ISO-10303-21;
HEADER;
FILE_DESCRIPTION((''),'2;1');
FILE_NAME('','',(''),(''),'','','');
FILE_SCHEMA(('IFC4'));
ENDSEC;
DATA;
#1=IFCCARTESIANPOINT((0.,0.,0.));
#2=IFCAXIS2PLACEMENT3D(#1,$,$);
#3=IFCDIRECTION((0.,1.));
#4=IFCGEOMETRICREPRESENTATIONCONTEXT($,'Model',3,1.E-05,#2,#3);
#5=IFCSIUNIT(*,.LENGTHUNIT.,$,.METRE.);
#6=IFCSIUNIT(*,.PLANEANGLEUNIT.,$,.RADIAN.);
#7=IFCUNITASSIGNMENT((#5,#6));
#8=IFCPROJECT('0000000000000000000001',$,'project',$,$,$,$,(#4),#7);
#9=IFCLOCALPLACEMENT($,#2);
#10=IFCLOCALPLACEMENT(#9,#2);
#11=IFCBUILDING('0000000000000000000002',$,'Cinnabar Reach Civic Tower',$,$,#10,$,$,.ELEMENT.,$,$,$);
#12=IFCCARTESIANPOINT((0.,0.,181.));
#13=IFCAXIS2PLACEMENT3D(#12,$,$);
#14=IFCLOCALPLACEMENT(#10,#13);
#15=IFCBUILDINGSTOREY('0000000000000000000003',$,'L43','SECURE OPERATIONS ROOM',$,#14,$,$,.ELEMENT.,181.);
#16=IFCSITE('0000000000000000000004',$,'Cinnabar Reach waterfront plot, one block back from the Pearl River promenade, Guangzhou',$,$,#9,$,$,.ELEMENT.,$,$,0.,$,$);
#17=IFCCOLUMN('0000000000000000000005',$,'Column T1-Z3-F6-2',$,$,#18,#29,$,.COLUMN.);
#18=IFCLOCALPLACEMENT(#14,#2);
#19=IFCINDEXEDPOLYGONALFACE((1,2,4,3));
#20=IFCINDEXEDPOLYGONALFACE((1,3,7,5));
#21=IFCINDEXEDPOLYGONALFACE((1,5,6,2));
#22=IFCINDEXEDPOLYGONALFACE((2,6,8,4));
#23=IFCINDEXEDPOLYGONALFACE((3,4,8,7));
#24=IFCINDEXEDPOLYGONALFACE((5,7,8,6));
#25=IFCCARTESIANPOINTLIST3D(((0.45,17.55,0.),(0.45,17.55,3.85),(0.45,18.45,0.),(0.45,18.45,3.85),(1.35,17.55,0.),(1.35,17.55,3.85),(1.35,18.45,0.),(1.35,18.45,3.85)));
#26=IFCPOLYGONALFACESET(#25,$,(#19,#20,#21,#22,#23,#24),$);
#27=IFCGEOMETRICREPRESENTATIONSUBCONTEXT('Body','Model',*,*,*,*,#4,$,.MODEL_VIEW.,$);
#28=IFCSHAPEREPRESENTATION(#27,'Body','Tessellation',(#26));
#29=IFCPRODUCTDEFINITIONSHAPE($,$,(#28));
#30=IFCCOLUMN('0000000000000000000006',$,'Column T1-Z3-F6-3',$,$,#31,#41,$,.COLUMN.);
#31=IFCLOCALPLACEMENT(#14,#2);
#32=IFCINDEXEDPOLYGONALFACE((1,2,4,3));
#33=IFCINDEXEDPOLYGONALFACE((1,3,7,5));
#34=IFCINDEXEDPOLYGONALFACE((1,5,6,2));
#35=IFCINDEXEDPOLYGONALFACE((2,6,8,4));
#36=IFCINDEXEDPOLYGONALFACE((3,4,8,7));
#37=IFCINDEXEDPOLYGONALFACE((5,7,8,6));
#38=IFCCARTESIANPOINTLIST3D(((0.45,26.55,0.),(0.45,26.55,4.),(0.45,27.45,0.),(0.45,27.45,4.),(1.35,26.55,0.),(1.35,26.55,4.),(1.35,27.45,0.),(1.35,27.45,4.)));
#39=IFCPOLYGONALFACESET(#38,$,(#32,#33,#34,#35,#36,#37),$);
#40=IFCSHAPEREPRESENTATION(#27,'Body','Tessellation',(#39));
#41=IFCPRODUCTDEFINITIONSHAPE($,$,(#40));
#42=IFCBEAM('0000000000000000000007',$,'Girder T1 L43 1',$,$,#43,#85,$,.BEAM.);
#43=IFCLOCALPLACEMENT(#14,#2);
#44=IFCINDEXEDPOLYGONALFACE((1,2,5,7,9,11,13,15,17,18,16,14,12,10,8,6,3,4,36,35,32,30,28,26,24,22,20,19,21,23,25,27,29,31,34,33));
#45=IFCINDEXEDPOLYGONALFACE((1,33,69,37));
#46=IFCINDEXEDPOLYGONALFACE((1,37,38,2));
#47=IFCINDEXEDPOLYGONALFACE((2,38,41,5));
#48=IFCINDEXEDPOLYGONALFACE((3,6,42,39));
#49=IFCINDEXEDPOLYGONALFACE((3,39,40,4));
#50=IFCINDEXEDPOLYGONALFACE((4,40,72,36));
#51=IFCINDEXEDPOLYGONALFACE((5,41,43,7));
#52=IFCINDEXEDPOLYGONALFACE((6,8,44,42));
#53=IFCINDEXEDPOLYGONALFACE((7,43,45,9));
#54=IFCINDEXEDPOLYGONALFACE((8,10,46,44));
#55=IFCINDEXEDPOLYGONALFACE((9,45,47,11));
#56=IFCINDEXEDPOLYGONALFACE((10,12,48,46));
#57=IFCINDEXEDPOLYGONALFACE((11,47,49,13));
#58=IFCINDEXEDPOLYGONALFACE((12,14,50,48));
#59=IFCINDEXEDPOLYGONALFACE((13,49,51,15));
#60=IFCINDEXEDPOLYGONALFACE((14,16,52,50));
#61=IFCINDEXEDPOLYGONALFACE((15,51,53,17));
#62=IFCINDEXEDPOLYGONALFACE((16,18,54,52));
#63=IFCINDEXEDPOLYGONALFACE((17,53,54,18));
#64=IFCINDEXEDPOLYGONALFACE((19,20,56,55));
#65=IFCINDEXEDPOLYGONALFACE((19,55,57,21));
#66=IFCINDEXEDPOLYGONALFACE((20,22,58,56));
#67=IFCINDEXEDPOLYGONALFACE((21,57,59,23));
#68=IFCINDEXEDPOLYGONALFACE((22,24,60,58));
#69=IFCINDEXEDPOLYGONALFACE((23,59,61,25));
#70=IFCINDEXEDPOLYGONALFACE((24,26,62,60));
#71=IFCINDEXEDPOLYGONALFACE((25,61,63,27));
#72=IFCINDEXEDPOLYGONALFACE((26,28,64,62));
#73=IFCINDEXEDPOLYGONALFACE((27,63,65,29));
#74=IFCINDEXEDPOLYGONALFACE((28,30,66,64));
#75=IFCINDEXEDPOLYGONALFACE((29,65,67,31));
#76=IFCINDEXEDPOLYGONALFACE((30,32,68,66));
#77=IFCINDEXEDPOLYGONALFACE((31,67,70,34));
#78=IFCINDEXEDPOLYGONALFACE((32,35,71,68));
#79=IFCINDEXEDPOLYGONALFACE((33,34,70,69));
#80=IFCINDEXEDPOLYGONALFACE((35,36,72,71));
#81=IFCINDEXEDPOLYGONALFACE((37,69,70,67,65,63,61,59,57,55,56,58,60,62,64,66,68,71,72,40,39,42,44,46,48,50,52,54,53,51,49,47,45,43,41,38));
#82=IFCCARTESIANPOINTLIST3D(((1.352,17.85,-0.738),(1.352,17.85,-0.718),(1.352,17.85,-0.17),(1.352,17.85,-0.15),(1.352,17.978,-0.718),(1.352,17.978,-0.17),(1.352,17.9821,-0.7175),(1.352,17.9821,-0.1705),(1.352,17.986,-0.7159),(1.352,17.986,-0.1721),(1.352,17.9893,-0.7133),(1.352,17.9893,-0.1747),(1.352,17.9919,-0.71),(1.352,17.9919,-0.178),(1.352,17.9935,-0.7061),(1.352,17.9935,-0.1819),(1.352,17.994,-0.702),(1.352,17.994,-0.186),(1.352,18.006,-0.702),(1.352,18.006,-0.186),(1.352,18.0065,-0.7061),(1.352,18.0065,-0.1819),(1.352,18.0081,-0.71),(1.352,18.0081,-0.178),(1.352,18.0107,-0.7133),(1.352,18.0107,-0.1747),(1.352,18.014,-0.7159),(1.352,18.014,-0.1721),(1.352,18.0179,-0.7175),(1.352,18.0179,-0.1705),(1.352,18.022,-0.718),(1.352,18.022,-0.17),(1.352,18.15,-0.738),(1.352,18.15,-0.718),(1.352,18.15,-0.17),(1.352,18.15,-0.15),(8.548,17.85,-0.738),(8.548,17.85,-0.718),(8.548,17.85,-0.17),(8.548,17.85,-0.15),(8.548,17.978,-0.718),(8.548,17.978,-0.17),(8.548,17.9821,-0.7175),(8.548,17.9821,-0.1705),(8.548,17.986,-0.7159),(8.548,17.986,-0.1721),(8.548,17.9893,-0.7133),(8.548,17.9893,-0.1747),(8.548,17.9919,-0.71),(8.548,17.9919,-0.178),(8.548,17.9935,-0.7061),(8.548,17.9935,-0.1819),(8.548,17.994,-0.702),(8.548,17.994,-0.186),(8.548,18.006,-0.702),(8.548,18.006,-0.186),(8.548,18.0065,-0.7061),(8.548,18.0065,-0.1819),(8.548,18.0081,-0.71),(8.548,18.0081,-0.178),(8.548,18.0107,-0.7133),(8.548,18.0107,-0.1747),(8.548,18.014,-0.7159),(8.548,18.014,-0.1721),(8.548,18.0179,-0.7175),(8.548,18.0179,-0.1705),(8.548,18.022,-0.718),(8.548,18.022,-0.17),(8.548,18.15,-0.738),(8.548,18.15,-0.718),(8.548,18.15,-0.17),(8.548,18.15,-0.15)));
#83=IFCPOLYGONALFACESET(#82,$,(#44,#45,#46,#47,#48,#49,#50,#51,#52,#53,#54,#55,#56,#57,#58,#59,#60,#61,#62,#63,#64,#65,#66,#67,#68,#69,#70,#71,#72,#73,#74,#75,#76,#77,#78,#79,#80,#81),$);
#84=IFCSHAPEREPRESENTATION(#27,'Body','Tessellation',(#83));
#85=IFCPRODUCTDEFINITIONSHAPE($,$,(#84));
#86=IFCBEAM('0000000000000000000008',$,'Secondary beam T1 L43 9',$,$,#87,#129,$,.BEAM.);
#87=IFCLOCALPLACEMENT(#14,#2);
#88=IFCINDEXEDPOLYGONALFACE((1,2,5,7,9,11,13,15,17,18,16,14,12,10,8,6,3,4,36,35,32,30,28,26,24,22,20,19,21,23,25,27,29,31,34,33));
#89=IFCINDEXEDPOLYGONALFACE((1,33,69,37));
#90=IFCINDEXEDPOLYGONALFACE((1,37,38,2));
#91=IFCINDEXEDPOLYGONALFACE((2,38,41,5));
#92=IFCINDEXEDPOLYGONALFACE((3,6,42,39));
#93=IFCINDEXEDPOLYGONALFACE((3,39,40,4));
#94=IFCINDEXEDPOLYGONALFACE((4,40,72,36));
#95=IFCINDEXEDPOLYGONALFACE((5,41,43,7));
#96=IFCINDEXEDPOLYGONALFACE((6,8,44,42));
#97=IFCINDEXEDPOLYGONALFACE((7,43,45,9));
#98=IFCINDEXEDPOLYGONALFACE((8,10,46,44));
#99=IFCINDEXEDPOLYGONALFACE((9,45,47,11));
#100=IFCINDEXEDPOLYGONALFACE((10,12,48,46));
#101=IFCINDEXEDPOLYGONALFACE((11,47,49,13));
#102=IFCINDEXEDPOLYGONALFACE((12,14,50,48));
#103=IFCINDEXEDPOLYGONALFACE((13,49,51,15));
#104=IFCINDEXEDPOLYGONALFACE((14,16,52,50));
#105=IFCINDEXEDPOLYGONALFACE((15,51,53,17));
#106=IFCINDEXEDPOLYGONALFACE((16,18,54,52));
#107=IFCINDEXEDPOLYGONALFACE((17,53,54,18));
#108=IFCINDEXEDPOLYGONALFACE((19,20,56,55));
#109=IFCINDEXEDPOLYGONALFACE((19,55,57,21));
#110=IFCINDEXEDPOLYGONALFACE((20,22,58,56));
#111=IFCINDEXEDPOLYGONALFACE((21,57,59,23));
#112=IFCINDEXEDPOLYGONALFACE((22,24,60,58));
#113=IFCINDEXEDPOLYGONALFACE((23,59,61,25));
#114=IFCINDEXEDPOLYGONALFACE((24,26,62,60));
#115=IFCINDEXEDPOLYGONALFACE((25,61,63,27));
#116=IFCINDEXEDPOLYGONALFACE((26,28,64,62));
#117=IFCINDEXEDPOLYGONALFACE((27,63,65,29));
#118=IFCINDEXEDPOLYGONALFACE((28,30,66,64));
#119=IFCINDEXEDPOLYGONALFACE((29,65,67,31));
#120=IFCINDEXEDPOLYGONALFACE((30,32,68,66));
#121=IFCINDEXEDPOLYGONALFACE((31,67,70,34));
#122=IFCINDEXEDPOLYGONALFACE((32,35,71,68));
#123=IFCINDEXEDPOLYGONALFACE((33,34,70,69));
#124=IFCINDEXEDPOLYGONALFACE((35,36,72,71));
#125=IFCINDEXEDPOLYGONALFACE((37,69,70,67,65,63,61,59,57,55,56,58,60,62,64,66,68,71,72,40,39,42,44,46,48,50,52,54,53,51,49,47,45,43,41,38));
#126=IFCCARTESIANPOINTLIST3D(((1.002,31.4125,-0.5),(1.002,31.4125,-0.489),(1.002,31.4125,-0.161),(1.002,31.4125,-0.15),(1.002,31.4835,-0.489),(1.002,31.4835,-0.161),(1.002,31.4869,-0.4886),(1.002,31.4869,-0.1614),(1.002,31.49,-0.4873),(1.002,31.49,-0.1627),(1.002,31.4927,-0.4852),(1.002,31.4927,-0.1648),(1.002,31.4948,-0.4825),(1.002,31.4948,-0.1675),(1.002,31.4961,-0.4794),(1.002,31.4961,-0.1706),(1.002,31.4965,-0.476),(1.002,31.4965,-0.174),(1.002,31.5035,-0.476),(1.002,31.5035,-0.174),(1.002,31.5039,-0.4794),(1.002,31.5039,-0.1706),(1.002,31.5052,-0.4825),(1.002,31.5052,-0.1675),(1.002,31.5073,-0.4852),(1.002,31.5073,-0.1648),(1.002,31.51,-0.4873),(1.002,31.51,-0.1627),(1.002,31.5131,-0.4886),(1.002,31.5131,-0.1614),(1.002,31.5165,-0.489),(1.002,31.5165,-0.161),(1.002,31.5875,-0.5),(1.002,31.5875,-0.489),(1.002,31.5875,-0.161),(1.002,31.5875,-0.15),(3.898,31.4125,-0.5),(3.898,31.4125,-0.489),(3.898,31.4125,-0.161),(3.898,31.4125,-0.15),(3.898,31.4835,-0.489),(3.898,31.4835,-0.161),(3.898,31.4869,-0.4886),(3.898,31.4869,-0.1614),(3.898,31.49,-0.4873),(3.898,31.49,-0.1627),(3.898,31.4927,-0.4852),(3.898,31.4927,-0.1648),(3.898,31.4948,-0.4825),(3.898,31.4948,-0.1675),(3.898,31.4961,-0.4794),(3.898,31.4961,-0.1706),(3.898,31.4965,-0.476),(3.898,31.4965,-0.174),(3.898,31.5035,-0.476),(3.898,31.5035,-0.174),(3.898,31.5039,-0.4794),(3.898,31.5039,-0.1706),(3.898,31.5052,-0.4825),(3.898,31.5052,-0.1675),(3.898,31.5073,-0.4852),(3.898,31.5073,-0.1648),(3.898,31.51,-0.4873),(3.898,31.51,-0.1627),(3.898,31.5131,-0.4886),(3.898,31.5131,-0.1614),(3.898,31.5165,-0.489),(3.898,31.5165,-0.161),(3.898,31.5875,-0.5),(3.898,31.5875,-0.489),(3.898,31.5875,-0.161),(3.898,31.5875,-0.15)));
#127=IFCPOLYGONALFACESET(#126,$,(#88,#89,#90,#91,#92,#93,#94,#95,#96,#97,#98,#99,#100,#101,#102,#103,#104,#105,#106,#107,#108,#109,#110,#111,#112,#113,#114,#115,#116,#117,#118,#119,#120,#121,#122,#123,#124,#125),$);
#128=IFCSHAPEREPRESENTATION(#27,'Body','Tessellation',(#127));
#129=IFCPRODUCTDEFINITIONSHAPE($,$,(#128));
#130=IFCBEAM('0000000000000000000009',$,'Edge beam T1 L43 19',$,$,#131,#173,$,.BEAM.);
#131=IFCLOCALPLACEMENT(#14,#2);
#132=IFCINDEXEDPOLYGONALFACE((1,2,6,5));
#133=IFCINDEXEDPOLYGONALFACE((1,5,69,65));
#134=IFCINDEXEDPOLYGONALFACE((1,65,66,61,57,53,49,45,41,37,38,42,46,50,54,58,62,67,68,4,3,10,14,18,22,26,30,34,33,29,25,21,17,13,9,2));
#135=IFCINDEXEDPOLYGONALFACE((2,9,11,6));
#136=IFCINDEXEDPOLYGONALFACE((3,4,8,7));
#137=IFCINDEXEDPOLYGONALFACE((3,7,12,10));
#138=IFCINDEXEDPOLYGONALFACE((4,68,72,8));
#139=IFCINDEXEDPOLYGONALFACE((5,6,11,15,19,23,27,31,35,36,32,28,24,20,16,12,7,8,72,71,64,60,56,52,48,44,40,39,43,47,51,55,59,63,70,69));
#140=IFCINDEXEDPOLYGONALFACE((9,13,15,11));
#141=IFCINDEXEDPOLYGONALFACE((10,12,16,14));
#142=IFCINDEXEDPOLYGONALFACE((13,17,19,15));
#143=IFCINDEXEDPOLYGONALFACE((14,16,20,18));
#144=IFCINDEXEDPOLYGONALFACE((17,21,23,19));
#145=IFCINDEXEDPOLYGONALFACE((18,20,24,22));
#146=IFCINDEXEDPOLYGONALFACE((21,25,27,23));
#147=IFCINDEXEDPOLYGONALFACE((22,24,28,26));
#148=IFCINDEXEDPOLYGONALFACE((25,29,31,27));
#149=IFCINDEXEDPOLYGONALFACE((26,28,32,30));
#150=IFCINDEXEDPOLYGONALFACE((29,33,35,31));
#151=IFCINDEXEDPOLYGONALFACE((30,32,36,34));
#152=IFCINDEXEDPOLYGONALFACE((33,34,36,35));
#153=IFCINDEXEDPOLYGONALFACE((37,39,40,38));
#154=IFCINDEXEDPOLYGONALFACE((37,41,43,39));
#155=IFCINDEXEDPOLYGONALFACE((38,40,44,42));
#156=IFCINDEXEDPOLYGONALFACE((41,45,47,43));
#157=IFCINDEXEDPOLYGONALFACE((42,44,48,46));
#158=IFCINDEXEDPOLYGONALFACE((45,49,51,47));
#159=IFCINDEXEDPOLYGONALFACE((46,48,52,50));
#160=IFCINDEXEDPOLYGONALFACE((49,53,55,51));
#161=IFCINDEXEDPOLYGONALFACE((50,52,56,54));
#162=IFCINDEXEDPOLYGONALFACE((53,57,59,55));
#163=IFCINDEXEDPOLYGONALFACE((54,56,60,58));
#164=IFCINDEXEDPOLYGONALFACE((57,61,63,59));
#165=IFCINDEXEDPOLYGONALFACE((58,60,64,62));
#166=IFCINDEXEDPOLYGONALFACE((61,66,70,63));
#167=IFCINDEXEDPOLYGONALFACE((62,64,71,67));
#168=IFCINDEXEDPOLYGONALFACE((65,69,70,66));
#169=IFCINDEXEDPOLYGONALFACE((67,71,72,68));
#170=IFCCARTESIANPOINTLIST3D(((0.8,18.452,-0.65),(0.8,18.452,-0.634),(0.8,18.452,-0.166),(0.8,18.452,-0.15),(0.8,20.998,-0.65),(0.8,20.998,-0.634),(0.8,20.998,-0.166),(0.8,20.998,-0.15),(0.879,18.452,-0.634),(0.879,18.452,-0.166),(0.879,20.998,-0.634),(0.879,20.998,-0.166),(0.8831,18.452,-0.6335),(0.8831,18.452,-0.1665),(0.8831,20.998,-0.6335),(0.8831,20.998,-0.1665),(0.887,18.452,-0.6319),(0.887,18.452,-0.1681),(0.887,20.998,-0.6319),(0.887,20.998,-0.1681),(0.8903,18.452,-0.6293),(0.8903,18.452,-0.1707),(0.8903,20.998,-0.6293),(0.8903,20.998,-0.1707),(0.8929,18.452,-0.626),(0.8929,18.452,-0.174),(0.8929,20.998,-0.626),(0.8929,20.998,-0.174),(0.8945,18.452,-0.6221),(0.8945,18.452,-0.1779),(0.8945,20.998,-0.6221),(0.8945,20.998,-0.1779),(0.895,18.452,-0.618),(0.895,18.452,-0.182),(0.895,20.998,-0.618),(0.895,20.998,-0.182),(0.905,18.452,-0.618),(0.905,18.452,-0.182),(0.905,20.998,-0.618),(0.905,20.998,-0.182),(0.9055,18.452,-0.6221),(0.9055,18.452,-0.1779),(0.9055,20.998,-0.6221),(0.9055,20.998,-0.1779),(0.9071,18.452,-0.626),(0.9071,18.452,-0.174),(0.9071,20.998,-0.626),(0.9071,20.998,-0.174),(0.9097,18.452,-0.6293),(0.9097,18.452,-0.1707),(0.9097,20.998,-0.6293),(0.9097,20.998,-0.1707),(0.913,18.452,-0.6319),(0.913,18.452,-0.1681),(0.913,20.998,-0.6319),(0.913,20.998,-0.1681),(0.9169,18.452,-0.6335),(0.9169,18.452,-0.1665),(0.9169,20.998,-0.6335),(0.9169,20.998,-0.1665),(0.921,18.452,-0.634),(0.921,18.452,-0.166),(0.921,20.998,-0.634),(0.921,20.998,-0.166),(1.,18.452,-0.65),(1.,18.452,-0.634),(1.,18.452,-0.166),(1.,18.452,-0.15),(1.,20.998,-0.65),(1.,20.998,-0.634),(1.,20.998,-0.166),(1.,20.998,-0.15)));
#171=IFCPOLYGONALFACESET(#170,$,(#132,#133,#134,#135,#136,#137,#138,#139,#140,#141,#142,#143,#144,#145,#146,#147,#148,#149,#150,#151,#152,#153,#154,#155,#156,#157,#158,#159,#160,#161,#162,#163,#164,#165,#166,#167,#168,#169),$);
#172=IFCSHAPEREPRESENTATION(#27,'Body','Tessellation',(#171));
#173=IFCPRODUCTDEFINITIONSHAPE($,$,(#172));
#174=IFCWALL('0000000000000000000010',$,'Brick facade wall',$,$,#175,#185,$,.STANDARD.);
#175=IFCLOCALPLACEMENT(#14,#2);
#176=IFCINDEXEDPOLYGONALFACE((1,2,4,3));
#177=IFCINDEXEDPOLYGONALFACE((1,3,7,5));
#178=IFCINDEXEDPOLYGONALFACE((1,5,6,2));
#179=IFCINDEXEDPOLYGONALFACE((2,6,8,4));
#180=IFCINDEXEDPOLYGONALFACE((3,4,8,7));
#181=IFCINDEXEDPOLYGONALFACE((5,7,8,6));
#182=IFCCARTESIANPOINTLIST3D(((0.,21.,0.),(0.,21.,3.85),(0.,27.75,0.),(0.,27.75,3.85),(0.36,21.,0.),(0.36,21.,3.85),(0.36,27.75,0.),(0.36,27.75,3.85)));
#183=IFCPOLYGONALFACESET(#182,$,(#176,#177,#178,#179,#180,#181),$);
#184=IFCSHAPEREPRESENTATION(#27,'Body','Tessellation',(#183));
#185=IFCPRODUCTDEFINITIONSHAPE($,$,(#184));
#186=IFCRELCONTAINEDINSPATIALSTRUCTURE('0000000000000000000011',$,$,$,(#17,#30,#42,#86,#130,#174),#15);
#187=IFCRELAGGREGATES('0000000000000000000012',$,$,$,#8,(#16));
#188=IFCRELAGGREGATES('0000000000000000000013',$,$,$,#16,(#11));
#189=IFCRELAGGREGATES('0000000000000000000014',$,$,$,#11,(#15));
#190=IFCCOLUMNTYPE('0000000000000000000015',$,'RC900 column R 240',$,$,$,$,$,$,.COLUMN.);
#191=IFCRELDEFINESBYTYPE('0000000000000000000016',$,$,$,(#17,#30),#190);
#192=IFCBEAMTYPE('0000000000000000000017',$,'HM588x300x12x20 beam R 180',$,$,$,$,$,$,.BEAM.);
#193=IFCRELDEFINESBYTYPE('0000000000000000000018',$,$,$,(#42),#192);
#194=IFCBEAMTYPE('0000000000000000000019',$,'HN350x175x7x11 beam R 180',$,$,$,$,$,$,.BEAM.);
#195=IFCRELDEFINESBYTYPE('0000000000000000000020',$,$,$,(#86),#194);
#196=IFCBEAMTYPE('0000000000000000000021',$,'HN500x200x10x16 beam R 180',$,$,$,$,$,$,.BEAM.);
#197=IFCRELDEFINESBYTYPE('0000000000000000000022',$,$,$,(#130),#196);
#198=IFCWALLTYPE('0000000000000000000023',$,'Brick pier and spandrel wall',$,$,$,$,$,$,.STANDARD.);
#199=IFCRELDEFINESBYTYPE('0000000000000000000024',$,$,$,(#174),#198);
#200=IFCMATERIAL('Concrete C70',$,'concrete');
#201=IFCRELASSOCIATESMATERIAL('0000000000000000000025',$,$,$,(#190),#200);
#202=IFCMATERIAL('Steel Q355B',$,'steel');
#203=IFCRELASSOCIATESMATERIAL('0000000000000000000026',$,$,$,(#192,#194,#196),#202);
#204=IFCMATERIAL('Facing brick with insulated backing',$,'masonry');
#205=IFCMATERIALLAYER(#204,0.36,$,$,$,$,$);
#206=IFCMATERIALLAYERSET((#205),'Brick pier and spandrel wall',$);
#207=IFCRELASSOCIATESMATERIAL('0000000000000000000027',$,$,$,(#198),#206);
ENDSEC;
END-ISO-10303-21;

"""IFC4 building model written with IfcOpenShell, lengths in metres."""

from ifc_helpers import new_model, si_unit, direction, frame, frame_2d, origin, origin_2d, place, context, subcontext, project, spatial, rectangle, i_section, extrude, material, layer, layer_set, material_profile, profile_set, type_object, element, save


model = new_model("IFC4")

# Units and contexts
model_context = context("Model", 3, precision=1e-05, world=origin(), true_north=direction((0.0, 1.0)))
body_context = subcontext(model_context, "Body", "Model", "MODEL_VIEW")
ifc_project = project(units=[si_unit("LENGTHUNIT", "METRE"), si_unit("PLANEANGLEUNIT", "RADIAN")], contexts=[model_context])

# Site, building, storey
site_placement = place(None, origin())
site = spatial("IfcSite", under=ifc_project, at=site_placement, Name="Cinnabar Reach waterfront plot, one block back from the Pearl River promenade, Guangzhou", CompositionType="ELEMENT", RefElevation=0.0)
building_placement = place(site_placement, origin())
building = spatial("IfcBuilding", under=site, at=building_placement, Name="Cinnabar Reach Civic Tower", CompositionType="ELEMENT")
storey_placement = place(building_placement, frame((0.0, 0.0, 181.0)))
storey = spatial("IfcBuildingStorey", under=building, at=storey_placement, Name="L43", Description="SECURE OPERATIONS ROOM", CompositionType="ELEMENT", Elevation=181.0)

# Columns
ifc_material_1 = material(Name="Concrete C70", Category="concrete")
ifc_material_profile_1 = material_profile(ifc_material_1, rectangle(XDim=0.9, YDim=0.9, at=origin_2d()), Name="RC900")
ifc_profile_set_1 = profile_set([ifc_material_profile_1], Name="Concrete C70")
column_type = type_object("IfcColumnType", Name="RC900 column R 240", PredefinedType="COLUMN", material=ifc_profile_set_1)
column_1_placement = place(storey_placement, frame((0.9, 18.0, 0.0), z_axis=(0.0, 0.0, 1.0), x_axis=(1.0, 0.0, 0.0)))
element("IfcColumn", 1, at=column_1_placement, inside=storey, type_object=column_type, Name="Column T1-Z3-F6-2", PredefinedType="COLUMN", context=body_context, shape_type="SweptSolid", body=[
    extrude(rectangle(XDim=0.9, YDim=0.9, at=origin_2d()), origin(), (0.0, 0.0, 1.0), 3.85),
])
column_2_placement = place(storey_placement, frame((0.9, 27.0, 0.0), z_axis=(0.0, 0.0, 1.0), x_axis=(1.0, 0.0, 0.0)))
element("IfcColumn", 2, at=column_2_placement, inside=storey, type_object=column_type, Name="Column T1-Z3-F6-3", PredefinedType="COLUMN", context=body_context, shape_type="SweptSolid", body=[
    extrude(rectangle(XDim=0.9, YDim=0.9, at=origin_2d()), origin(), (0.0, 0.0, 1.0), 4.0),
])

# Beams
ifc_material_2 = material(Name="Steel Q355B", Category="steel")
ifc_material_profile_2 = material_profile(ifc_material_2, i_section(OverallWidth=0.3, OverallDepth=0.588, WebThickness=0.012, FlangeThickness=0.02, FilletRadius=0.016, at=origin_2d()), Name="HM588x300x12x20")
ifc_profile_set_2 = profile_set([ifc_material_profile_2], Name="Steel Q355B")
beam_type_1 = type_object("IfcBeamType", Name="HM588x300x12x20 beam R 180", PredefinedType="BEAM", material=ifc_profile_set_2)
beam_1_placement = place(storey_placement, frame((1.352, 18.0, -0.444), z_axis=(1.0, 0.0, 0.0), x_axis=(0.0, 1.0, 0.0)))
element("IfcBeam", 3, at=beam_1_placement, inside=storey, type_object=beam_type_1, Name="Girder T1 L43 1", PredefinedType="BEAM", context=body_context, shape_type="SweptSolid", body=[
    extrude(i_section(OverallWidth=0.3, OverallDepth=0.588, WebThickness=0.012, FlangeThickness=0.02, FilletRadius=0.016, at=origin_2d()), origin(), (0.0, 0.0, 1.0), 7.196),
])
ifc_material_profile_3 = material_profile(ifc_material_2, i_section(OverallWidth=0.175, OverallDepth=0.35, WebThickness=0.007, FlangeThickness=0.011, FilletRadius=0.013, at=origin_2d()), Name="HN350x175x7x11")
ifc_profile_set_3 = profile_set([ifc_material_profile_3], Name="Steel Q355B")
beam_type_2 = type_object("IfcBeamType", Name="HN350x175x7x11 beam R 180", PredefinedType="BEAM", material=ifc_profile_set_3)
beam_2_placement = place(storey_placement, frame((1.002, 31.5, -0.325), z_axis=(1.0, 0.0, 0.0), x_axis=(0.0, 1.0, 0.0)))
element("IfcBeam", 4, at=beam_2_placement, inside=storey, type_object=beam_type_2, Name="Secondary beam T1 L43 9", PredefinedType="BEAM", context=body_context, shape_type="SweptSolid", body=[
    extrude(i_section(OverallWidth=0.175, OverallDepth=0.35, WebThickness=0.007, FlangeThickness=0.011, FilletRadius=0.013, at=origin_2d()), origin(), (0.0, 0.0, 1.0), 2.896),
])
ifc_material_profile_4 = material_profile(ifc_material_2, i_section(OverallWidth=0.2, OverallDepth=0.5, WebThickness=0.01, FlangeThickness=0.016, FilletRadius=0.016, at=origin_2d()), Name="HN500x200x10x16")
ifc_profile_set_4 = profile_set([ifc_material_profile_4], Name="Steel Q355B")
beam_type_3 = type_object("IfcBeamType", Name="HN500x200x10x16 beam R 180", PredefinedType="BEAM", material=ifc_profile_set_4)
beam_3_placement = place(storey_placement, frame((0.9, 20.998, -0.4), z_axis=(0.0, -1.0, 0.0), x_axis=(1.0, 0.0, 0.0)))
element("IfcBeam", 5, at=beam_3_placement, inside=storey, type_object=beam_type_3, Name="Edge beam T1 L43 19", PredefinedType="BEAM", context=body_context, shape_type="SweptSolid", body=[
    extrude(i_section(OverallWidth=0.2, OverallDepth=0.5, WebThickness=0.01, FlangeThickness=0.016, FilletRadius=0.016, at=origin_2d()), origin(), (0.0, 0.0, 1.0), 2.546),
])

# Wall
ifc_material_3 = material(Name="Facing brick with insulated backing", Category="masonry")
ifc_layer_1 = layer(ifc_material_3, 0.36)
ifc_layer_set_1 = layer_set([ifc_layer_1], Name="Brick pier and spandrel wall")
wall_type_1 = type_object("IfcWallType", Name="Brick pier and spandrel wall", PredefinedType="STANDARD", material=ifc_layer_set_1)
wall_1_placement = place(storey_placement, frame((0.18, 27.75, 0.0), z_axis=(0.0, 0.0, 1.0), x_axis=(0.0, -1.0, 0.0)))
element("IfcWall", 6, at=wall_1_placement, inside=storey, type_object=wall_type_1, Name="Brick facade wall", PredefinedType="STANDARD", context=body_context, shape_type="SweptSolid", body=[
    extrude(rectangle(XDim=6.75, YDim=0.36, at=frame_2d((3.375, 0.0))), origin(), (0.0, 0.0, 1.0), 3.85),
])

save(model, "model.ifc")
